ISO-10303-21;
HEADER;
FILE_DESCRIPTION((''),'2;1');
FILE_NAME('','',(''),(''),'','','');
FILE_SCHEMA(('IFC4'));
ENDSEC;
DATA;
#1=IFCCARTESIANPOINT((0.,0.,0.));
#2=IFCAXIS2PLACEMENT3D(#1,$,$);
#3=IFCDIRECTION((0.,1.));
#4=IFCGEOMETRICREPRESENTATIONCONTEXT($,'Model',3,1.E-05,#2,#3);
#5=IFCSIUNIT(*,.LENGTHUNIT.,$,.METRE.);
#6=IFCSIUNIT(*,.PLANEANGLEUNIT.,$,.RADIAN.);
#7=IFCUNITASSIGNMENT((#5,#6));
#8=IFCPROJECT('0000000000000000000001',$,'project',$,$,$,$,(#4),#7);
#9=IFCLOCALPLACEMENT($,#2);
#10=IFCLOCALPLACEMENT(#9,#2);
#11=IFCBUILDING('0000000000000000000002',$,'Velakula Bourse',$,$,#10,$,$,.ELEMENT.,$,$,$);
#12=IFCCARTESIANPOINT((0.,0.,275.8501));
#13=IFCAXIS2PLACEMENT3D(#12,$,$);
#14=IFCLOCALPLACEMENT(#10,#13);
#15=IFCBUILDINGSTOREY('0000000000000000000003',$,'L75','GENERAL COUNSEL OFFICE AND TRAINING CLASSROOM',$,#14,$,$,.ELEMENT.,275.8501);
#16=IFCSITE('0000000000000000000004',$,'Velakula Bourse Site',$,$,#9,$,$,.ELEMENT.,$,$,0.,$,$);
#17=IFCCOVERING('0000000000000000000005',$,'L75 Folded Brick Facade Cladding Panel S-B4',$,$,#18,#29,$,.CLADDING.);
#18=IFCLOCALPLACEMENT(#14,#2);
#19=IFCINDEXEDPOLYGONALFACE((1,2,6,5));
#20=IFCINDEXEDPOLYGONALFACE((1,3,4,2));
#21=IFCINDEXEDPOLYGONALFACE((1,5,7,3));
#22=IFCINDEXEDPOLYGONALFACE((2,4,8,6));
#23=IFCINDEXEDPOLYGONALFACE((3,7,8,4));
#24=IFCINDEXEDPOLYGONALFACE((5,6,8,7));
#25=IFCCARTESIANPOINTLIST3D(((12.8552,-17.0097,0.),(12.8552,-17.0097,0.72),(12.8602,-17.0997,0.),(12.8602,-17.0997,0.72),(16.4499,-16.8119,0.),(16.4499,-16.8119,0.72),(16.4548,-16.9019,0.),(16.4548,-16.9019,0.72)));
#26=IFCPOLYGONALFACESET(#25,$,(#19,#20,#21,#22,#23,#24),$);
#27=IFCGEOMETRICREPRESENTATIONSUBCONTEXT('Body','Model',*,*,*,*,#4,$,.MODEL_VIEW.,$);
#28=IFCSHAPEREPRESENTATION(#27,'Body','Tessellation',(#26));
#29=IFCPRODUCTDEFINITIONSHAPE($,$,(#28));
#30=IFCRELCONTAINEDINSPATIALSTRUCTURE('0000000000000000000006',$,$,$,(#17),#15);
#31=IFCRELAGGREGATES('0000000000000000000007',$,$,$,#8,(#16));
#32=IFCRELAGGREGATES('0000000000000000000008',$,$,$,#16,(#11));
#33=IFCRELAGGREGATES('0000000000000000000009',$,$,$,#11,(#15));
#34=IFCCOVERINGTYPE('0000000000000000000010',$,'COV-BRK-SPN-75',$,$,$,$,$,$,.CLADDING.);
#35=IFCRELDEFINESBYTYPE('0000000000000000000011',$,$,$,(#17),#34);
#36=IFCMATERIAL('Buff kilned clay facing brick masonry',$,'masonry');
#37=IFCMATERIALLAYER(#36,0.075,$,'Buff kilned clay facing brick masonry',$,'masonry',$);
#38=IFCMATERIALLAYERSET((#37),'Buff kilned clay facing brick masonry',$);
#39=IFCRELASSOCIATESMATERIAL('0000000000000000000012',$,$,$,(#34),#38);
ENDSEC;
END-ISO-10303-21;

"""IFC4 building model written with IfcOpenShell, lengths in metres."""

from ifc_helpers import new_model, si_unit, direction, frame, origin, origin_2d, place, context, subcontext, project, spatial, rectangle, extrude, material, layer, layer_set, type_object, element, save


model = new_model("IFC4")

# Units and contexts
model_context = context("Model", 3, precision=1e-05, world=origin(), true_north=direction((0.0, 1.0)))
body_context = subcontext(model_context, "Body", "Model", "MODEL_VIEW")
ifc_project = project(units=[si_unit("LENGTHUNIT", "METRE"), si_unit("PLANEANGLEUNIT", "RADIAN")], contexts=[model_context])

# Site, building, storey
site_placement = place(None, origin())
site = spatial("IfcSite", under=ifc_project, at=site_placement, Name="Velakula Bourse Site", CompositionType="ELEMENT", RefElevation=0.0)
building_placement = place(site_placement, origin())
building = spatial("IfcBuilding", under=site, at=building_placement, Name="Velakula Bourse", CompositionType="ELEMENT")
storey_placement = place(building_placement, frame((0.0, 0.0, 275.8501)))
storey = spatial("IfcBuildingStorey", under=building, at=storey_placement, Name="L75", Description="GENERAL COUNSEL OFFICE AND TRAINING CLASSROOM", CompositionType="ELEMENT", Elevation=275.8501)

# Shared definitions
ifc_material_1 = material(Name="Buff kilned clay facing brick masonry", Category="masonry")

# Covering
ifc_layer_1 = layer(ifc_material_1, 0.075, Name="Buff kilned clay facing brick masonry", Category="masonry")
ifc_layer_set_1 = layer_set([ifc_layer_1], Name="Buff kilned clay facing brick masonry")
covering_type = type_object("IfcCoveringType", Name="COV-BRK-SPN-75", PredefinedType="CLADDING", material=ifc_layer_set_1)
covering_placement = place(storey_placement, frame((14.655, -16.9558, 0.0), z_axis=(0.0, 0.0, 1.0), x_axis=(0.998489, 0.05495, 0.0)))
element("IfcCovering", 1, at=covering_placement, inside=storey, type_object=covering_type, Name="L75 Folded Brick Facade Cladding Panel S-B4", PredefinedType="CLADDING", context=body_context, shape_type="SweptSolid", body=[
    extrude(rectangle(XDim=3.6001, YDim=0.0901, at=origin_2d()), origin(), (0.0, 0.0, 1.0), 0.72),
])

save(model, "model.ifc")
